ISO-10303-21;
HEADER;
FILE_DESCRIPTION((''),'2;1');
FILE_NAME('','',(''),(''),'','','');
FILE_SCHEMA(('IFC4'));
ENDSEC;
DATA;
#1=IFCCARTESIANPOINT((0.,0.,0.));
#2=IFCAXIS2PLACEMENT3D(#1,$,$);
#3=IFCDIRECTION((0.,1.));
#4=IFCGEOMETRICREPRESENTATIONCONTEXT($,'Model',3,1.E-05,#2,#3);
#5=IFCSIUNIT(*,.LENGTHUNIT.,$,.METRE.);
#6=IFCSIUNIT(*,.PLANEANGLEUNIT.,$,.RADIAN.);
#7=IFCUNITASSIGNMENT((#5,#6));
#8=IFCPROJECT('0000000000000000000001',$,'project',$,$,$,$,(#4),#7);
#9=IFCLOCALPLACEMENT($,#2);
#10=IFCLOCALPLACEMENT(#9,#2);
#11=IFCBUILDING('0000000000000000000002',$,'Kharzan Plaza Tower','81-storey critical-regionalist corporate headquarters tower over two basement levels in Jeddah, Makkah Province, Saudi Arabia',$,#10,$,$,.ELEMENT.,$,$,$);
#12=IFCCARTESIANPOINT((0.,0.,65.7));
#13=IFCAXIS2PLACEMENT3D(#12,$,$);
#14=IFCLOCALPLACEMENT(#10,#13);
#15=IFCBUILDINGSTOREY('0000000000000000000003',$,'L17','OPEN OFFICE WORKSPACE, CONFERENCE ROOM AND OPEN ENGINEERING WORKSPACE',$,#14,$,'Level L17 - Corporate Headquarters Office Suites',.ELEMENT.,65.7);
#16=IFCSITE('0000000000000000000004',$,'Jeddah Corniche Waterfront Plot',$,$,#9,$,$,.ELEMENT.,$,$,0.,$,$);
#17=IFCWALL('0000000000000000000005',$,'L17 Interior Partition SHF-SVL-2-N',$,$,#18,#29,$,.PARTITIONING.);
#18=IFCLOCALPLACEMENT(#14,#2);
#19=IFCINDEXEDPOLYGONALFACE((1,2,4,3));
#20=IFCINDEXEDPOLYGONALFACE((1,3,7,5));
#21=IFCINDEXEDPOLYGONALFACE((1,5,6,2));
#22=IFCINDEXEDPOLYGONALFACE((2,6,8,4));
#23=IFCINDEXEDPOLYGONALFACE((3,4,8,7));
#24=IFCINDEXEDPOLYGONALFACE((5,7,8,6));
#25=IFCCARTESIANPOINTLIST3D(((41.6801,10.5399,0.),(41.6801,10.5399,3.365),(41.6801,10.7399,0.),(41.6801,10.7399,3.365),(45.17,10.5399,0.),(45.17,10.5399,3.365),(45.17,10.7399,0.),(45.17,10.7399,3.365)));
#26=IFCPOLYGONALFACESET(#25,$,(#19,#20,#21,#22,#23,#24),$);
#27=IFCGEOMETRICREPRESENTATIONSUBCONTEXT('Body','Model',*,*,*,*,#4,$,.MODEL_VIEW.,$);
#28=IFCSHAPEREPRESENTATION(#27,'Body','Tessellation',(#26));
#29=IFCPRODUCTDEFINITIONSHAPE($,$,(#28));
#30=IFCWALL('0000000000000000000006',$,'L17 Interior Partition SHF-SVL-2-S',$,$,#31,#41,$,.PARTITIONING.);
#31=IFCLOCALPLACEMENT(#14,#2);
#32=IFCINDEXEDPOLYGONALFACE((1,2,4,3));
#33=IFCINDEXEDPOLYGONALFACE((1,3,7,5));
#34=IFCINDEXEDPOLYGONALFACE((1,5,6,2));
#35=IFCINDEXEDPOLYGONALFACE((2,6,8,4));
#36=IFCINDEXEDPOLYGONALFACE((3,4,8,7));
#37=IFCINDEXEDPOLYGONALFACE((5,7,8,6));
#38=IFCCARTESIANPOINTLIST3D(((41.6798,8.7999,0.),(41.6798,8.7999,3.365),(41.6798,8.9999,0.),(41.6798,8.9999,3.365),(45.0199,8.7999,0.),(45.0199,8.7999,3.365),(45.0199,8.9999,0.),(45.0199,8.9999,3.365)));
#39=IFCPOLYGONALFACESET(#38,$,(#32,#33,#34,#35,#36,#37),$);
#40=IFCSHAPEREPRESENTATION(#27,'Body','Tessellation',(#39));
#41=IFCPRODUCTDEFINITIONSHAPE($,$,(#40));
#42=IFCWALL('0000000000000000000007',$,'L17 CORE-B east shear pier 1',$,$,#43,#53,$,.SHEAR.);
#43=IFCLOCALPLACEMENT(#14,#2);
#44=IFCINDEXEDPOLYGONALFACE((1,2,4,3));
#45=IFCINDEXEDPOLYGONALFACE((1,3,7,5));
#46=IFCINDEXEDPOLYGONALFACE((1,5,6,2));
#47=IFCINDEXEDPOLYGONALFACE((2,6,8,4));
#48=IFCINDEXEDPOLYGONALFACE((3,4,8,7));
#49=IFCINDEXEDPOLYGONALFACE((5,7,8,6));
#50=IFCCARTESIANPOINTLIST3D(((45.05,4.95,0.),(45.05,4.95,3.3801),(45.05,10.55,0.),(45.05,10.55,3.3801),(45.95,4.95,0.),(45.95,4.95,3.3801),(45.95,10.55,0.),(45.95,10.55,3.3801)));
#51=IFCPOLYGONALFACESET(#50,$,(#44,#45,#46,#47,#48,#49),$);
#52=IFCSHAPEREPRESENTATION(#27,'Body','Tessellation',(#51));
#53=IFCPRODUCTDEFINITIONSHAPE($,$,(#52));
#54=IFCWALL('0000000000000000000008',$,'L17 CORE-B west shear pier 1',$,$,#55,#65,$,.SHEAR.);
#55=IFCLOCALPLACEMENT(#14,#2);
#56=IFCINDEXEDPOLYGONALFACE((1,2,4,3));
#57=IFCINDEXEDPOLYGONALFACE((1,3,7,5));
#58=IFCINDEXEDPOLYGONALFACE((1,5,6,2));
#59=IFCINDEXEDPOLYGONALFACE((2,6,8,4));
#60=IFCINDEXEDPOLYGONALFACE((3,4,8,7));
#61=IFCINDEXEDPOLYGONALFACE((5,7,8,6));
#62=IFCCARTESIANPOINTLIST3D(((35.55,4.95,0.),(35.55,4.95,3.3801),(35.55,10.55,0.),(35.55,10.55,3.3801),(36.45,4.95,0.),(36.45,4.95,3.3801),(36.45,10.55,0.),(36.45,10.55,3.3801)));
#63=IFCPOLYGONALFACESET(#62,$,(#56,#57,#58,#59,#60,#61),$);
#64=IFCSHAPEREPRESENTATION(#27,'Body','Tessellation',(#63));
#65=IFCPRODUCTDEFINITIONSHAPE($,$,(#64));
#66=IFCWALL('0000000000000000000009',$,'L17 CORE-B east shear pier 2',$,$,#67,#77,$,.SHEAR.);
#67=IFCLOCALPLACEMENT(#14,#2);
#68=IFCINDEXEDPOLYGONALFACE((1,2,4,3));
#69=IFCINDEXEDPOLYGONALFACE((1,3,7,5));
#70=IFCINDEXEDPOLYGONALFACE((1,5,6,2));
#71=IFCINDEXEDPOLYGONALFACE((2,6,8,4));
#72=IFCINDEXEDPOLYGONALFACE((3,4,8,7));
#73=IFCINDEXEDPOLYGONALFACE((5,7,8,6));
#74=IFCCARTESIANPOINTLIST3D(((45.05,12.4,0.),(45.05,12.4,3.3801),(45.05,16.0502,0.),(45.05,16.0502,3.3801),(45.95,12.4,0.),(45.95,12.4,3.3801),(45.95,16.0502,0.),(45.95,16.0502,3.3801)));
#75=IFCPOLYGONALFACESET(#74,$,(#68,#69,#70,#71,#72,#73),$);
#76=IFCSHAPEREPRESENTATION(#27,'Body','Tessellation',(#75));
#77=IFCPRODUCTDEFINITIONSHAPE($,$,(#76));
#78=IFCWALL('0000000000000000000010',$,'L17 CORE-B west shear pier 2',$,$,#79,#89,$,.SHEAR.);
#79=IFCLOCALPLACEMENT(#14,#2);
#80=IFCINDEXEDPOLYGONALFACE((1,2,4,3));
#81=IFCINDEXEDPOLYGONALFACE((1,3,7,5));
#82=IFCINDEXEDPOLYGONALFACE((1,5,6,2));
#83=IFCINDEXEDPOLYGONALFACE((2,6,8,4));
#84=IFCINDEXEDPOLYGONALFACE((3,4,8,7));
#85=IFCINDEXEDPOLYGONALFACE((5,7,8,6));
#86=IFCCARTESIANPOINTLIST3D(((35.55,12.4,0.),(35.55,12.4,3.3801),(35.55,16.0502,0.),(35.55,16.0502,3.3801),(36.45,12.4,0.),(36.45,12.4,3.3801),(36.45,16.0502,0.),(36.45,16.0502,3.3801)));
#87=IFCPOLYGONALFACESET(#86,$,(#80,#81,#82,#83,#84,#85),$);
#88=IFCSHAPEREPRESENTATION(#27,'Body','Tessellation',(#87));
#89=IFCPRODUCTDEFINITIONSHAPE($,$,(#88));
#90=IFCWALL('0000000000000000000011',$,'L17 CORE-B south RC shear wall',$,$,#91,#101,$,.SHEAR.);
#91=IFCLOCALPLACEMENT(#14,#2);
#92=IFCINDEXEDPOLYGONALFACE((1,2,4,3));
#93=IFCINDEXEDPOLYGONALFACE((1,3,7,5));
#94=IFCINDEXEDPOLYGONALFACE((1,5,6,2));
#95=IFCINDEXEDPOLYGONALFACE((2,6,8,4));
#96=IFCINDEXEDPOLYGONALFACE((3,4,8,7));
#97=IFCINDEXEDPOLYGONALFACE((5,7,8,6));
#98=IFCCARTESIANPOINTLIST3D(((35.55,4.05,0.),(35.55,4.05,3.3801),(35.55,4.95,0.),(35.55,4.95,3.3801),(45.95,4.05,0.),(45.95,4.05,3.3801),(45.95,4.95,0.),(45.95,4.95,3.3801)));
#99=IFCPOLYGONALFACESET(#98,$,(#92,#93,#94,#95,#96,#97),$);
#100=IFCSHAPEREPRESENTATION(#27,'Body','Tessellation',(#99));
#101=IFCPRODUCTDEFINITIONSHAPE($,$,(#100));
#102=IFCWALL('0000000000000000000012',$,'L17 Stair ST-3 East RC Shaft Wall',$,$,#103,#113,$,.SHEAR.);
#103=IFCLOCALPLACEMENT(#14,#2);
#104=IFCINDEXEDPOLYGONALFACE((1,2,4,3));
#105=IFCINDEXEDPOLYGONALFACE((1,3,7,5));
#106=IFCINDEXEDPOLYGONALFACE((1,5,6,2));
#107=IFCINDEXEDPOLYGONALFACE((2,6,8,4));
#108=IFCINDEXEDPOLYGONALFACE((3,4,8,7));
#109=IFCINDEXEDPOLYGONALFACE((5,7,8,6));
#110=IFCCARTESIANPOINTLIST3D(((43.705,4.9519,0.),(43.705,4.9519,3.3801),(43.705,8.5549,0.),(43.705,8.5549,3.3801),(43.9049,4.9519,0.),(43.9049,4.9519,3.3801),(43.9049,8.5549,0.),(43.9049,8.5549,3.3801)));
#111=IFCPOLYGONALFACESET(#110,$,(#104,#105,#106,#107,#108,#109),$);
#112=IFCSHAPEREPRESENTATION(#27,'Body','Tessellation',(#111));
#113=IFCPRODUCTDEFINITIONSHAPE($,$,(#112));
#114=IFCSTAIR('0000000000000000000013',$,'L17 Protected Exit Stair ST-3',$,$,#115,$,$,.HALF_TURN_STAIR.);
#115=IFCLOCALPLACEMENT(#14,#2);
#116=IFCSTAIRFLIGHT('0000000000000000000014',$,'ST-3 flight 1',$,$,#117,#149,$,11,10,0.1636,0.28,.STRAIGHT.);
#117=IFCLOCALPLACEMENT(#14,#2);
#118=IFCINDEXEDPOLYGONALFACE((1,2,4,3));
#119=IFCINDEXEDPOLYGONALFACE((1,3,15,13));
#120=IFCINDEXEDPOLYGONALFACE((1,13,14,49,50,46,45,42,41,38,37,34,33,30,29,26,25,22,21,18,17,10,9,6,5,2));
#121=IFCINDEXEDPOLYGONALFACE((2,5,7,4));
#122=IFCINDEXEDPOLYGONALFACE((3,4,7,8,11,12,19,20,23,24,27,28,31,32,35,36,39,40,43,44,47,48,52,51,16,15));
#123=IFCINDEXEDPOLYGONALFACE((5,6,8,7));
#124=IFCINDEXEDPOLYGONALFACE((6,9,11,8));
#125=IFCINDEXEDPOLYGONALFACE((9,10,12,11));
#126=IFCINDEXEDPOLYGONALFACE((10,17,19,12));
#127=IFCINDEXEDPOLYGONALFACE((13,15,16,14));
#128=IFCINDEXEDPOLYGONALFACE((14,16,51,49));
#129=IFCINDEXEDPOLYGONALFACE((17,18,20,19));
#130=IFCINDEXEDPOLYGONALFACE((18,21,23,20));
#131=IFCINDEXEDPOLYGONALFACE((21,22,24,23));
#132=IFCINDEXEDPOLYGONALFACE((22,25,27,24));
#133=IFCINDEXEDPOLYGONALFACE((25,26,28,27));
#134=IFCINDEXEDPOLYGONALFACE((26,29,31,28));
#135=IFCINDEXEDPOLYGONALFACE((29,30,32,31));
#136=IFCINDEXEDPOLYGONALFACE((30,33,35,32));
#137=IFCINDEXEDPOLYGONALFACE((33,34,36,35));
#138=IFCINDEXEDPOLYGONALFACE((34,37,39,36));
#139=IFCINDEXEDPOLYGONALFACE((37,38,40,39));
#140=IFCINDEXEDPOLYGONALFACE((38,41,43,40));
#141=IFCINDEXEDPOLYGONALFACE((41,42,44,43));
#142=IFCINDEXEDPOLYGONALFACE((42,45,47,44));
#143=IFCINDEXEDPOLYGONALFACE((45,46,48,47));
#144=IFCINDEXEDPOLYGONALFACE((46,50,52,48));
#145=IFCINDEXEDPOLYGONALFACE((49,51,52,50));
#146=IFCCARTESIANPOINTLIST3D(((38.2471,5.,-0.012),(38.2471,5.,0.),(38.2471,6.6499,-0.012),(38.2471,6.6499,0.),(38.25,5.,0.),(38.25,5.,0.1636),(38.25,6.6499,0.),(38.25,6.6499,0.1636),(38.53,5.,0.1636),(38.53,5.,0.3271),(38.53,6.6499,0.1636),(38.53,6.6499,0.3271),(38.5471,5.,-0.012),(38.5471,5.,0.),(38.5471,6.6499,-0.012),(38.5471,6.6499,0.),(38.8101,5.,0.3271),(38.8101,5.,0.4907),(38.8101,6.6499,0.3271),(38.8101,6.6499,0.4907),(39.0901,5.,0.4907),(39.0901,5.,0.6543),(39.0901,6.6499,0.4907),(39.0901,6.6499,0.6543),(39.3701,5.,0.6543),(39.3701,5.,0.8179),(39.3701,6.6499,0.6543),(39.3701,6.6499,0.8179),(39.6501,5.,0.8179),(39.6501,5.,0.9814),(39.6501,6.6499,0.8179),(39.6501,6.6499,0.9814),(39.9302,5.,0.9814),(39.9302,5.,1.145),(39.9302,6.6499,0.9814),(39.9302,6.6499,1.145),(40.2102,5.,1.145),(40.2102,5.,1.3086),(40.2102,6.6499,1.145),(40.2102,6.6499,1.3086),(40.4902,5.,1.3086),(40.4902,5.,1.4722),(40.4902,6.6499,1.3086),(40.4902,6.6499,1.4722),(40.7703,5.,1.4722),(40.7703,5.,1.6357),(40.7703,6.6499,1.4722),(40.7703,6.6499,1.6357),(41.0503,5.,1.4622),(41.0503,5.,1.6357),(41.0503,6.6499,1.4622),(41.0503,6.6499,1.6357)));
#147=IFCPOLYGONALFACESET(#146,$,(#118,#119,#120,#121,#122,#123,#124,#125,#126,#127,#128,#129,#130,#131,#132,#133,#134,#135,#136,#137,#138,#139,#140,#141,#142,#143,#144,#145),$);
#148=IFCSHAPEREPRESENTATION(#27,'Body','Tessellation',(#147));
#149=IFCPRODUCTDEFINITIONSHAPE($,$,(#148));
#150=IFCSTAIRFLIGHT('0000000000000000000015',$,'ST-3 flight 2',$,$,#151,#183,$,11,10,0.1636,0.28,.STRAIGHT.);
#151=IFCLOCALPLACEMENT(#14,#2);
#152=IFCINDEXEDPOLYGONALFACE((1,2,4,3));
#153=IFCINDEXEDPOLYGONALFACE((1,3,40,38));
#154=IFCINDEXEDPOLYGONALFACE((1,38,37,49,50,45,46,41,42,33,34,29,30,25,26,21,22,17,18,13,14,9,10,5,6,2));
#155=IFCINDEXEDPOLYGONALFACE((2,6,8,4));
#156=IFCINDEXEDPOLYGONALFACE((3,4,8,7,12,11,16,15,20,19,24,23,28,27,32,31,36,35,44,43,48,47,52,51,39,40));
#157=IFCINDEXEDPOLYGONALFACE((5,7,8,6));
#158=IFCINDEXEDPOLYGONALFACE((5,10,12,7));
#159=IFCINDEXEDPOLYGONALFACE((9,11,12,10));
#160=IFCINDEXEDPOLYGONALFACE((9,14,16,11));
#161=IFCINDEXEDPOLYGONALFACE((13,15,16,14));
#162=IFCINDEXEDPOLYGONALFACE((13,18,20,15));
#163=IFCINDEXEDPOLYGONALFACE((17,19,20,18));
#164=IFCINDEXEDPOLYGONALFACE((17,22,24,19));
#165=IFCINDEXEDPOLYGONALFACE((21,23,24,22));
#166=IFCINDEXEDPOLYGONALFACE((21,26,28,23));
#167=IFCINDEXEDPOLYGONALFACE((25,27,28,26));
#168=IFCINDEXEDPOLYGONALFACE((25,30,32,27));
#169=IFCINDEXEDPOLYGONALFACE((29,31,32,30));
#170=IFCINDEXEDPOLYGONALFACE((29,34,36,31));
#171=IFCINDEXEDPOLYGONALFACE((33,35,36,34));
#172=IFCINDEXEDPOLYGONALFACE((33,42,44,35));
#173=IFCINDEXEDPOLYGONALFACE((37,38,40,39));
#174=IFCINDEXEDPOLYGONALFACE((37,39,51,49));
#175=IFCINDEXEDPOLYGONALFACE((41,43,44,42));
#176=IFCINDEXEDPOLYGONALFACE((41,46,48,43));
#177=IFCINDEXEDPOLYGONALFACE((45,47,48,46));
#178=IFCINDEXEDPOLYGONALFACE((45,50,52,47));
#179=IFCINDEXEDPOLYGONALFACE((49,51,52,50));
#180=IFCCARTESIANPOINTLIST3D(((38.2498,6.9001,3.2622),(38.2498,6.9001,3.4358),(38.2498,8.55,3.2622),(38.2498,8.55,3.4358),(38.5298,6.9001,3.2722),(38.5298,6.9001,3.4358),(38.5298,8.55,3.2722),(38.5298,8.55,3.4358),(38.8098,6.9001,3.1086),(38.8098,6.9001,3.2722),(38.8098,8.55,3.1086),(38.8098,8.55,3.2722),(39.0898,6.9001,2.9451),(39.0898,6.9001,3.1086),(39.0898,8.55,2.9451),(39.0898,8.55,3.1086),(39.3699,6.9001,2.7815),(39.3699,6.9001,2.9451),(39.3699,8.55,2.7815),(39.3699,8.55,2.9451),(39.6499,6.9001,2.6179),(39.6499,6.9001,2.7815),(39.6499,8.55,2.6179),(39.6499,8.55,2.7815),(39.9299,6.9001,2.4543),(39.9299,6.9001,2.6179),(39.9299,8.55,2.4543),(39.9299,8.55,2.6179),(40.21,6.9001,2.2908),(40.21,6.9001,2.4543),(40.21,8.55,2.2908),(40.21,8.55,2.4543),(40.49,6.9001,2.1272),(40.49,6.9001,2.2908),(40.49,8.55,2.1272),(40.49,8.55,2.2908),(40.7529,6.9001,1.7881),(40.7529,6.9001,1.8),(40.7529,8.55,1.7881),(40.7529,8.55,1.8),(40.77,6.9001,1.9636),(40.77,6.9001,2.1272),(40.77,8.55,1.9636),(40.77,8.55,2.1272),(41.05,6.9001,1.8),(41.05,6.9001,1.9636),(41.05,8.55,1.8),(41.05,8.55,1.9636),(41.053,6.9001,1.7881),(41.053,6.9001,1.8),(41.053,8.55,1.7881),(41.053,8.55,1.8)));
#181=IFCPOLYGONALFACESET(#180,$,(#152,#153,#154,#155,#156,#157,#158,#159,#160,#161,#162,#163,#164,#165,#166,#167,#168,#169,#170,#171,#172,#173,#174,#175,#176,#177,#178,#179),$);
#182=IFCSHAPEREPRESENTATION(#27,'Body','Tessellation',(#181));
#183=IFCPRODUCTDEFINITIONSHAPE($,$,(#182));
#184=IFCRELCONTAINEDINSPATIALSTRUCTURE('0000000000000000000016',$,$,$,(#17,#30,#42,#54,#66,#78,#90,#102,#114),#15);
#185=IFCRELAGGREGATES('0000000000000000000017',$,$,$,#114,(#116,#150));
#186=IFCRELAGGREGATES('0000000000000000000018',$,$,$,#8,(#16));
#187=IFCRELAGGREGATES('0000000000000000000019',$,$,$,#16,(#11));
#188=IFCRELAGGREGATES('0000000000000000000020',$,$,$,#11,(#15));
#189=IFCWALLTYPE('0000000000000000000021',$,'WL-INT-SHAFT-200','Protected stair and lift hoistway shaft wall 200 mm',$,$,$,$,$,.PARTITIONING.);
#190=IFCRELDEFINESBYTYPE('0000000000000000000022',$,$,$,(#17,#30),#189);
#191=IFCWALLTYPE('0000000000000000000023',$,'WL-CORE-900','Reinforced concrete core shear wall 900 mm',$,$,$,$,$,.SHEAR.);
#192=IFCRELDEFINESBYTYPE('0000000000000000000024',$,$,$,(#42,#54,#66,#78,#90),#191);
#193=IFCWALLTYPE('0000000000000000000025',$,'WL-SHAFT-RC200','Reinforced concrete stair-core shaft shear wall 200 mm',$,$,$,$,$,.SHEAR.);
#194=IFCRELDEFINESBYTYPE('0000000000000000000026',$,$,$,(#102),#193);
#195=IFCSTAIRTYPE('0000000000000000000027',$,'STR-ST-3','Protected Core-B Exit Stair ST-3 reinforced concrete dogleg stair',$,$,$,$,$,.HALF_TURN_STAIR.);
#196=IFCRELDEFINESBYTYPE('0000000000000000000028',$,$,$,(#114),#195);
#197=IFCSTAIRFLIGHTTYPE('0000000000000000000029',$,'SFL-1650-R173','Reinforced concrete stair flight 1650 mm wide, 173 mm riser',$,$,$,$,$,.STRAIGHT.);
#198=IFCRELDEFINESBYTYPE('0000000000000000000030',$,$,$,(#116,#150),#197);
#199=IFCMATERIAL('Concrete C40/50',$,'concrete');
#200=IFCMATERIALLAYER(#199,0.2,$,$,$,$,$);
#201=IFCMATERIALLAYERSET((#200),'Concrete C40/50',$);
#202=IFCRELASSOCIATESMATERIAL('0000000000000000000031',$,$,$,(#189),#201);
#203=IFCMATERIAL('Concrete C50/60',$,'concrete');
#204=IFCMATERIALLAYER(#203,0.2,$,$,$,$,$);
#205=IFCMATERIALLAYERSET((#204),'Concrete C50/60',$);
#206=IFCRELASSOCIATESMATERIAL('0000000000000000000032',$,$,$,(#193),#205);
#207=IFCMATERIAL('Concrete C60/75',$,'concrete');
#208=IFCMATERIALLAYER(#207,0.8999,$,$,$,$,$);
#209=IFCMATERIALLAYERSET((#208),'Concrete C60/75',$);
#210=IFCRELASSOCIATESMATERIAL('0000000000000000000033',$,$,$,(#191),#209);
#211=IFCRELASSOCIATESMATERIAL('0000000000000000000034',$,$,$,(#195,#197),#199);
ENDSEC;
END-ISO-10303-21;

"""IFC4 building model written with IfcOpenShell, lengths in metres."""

from ifc_helpers import new_model, si_unit, direction, frame, frame_2d, origin, place, context, subcontext, project, spatial, polyline, rectangle, outline, extrude, source, transform, mapped, material, layer, layer_set, type_object, element, aggregate, save


model = new_model("IFC4")

# Units and contexts
model_context = context("Model", 3, precision=1e-05, world=origin(), true_north=direction((0.0, 1.0)))
body_context = subcontext(model_context, "Body", "Model", "MODEL_VIEW")
ifc_project = project(units=[si_unit("LENGTHUNIT", "METRE"), si_unit("PLANEANGLEUNIT", "RADIAN")], contexts=[model_context])

# Site, building, storey
site_placement = place(None, origin())
site = spatial("IfcSite", under=ifc_project, at=site_placement, Name="Jeddah Corniche Waterfront Plot", CompositionType="ELEMENT", RefElevation=0.0)
building_placement = place(site_placement, origin())
building = spatial("IfcBuilding", under=site, at=building_placement, Name="Kharzan Plaza Tower", Description="81-storey critical-regionalist corporate headquarters tower over two basement levels in Jeddah, Makkah Province, Saudi Arabia", CompositionType="ELEMENT")
storey_placement = place(building_placement, frame((0.0, 0.0, 65.7)))
storey = spatial("IfcBuildingStorey", under=building, at=storey_placement, Name="L17", Description="OPEN OFFICE WORKSPACE, CONFERENCE ROOM AND OPEN ENGINEERING WORKSPACE", LongName="Level L17 - Corporate Headquarters Office Suites", CompositionType="ELEMENT", Elevation=65.7)

# Shared definitions
ifc_material_1 = material(Name="Concrete C60/75", Category="concrete")

# Shared definitions
ifc_material_2 = material(Name="Concrete C40/50", Category="concrete")

# Shared definitions
ifc_layer_1 = layer(ifc_material_2, 0.2)
ifc_layer_set_1 = layer_set([ifc_layer_1], Name="Concrete C40/50")
wall_type_1 = type_object("IfcWallType", Name="WL-INT-SHAFT-200", Description="Protected stair and lift hoistway shaft wall 200 mm", PredefinedType="PARTITIONING", material=ifc_layer_set_1)
ifc_material_3 = material(Name="Concrete C50/60", Category="concrete")
ifc_layer_2 = layer(ifc_material_3, 0.2)
ifc_layer_set_2 = layer_set([ifc_layer_2], Name="Concrete C50/60")
wall_type_2 = type_object("IfcWallType", Name="WL-SHAFT-RC200", Description="Reinforced concrete stair-core shaft shear wall 200 mm", PredefinedType="SHEAR", material=ifc_layer_set_2)

# Walls
shared_shape_1 = source(origin(), body_context, "Body", "SweptSolid", [
    extrude(rectangle(XDim=3.49, YDim=0.2, at=frame_2d((1.7451, 0.0))), origin(), (0.0, 0.0, 1.0), 3.365),
])
wall_1_placement = place(storey_placement, frame((41.6799, 10.6399, 0.0), z_axis=(0.0, 0.0, 1.0), x_axis=(1.0, 0.0, 0.0)))
element("IfcWall", 1, at=wall_1_placement, inside=storey, type_object=wall_type_1, Name="L17 Interior Partition SHF-SVL-2-N", PredefinedType="PARTITIONING", context=body_context, shape_type="MappedRepresentation", body=[
    mapped(shared_shape_1, transform((0.0, 0.0, 0.0), x_axis=(1.0, 0.0, 0.0), y_axis=(0.0, 1.0, 0.0), z_axis=(0.0, 0.0, 1.0))),
])
shared_shape_2 = source(origin(), body_context, "Body", "SweptSolid", [
    extrude(rectangle(XDim=3.3401, YDim=0.2, at=frame_2d((1.6699, 0.0))), origin(), (0.0, 0.0, 1.0), 3.365),
])
wall_2_placement = place(storey_placement, frame((41.6799, 8.8999, 0.0), z_axis=(0.0, 0.0, 1.0), x_axis=(1.0, 0.0, 0.0)))
element("IfcWall", 2, at=wall_2_placement, inside=storey, type_object=wall_type_1, Name="L17 Interior Partition SHF-SVL-2-S", PredefinedType="PARTITIONING", context=body_context, shape_type="MappedRepresentation", body=[
    mapped(shared_shape_2, transform((0.0, 0.0, 0.0), x_axis=(1.0, 0.0, 0.0), y_axis=(0.0, 1.0, 0.0), z_axis=(0.0, 0.0, 1.0))),
])
ifc_layer_3 = layer(ifc_material_1, 0.8999)
ifc_layer_set_3 = layer_set([ifc_layer_3], Name="Concrete C60/75")
wall_type_3 = type_object("IfcWallType", Name="WL-CORE-900", Description="Reinforced concrete core shear wall 900 mm", PredefinedType="SHEAR", material=ifc_layer_set_3)
shared_shape_3 = source(origin(), body_context, "Body", "SweptSolid", [
    extrude(rectangle(XDim=5.6001, YDim=0.8999, at=frame_2d((2.8, 0.0))), origin(), (0.0, 0.0, 1.0), 3.3801),
])
for number, where, z_axis, x_axis, name in (
    (3, (45.5, 4.95, 0.0), (0.0, 0.0, 1.0), (0.0, 1.0, 0.0), "L17 CORE-B east shear pier 1"),
    (4, (36.0, 4.95, 0.0), (0.0, 0.0, 1.0), (0.0, 1.0, 0.0), "L17 CORE-B west shear pier 1"),
):
    element("IfcWall", number, at=place(storey_placement, frame(where, z_axis=z_axis, x_axis=x_axis)), inside=storey, type_object=wall_type_3, Name=name, PredefinedType="SHEAR", context=body_context, shape_type="MappedRepresentation", body=[
        mapped(shared_shape_3, transform((0.0, 0.0, 0.0), x_axis=(1.0, 0.0, 0.0), y_axis=(0.0, 1.0, 0.0), z_axis=(0.0, 0.0, 1.0))),
    ])
shared_shape_4 = source(origin(), body_context, "Body", "SweptSolid", [
    extrude(rectangle(XDim=3.6501, YDim=0.8999, at=frame_2d((1.8252, 0.0))), origin(), (0.0, 0.0, 1.0), 3.3801),
])
for number, where, z_axis, x_axis, name in (
    (5, (45.5, 12.3999, 0.0), (0.0, 0.0, 1.0), (0.0, 1.0, 0.0), "L17 CORE-B east shear pier 2"),
    (6, (36.0, 12.3999, 0.0), (0.0, 0.0, 1.0), (0.0, 1.0, 0.0), "L17 CORE-B west shear pier 2"),
):
    element("IfcWall", number, at=place(storey_placement, frame(where, z_axis=z_axis, x_axis=x_axis)), inside=storey, type_object=wall_type_3, Name=name, PredefinedType="SHEAR", context=body_context, shape_type="MappedRepresentation", body=[
        mapped(shared_shape_4, transform((0.0, 0.0, 0.0), x_axis=(1.0, 0.0, 0.0), y_axis=(0.0, 1.0, 0.0), z_axis=(0.0, 0.0, 1.0))),
    ])
shared_shape_5 = source(origin(), body_context, "Body", "SweptSolid", [
    extrude(rectangle(XDim=10.3999, YDim=0.8999, at=frame_2d((5.2, 0.0))), origin(), (0.0, 0.0, 1.0), 3.3801),
])
wall_3_placement = place(storey_placement, frame((35.55, 4.5, 0.0), z_axis=(0.0, 0.0, 1.0), x_axis=(1.0, 0.0, 0.0)))
element("IfcWall", 7, at=wall_3_placement, inside=storey, type_object=wall_type_3, Name="L17 CORE-B south RC shear wall", PredefinedType="SHEAR", context=body_context, shape_type="MappedRepresentation", body=[
    mapped(shared_shape_5, transform((0.0, 0.0, 0.0), x_axis=(1.0, 0.0, 0.0), y_axis=(0.0, 1.0, 0.0), z_axis=(0.0, 0.0, 1.0))),
])
shared_shape_6 = source(origin(), body_context, "Body", "SweptSolid", [
    extrude(rectangle(XDim=3.603, YDim=0.2, at=frame_2d((1.8015, 0.0))), origin(), (0.0, 0.0, 1.0), 3.3801),
])
wall_4_placement = place(storey_placement, frame((43.8049, 4.9519, 0.0), z_axis=(0.0, 0.0, 1.0), x_axis=(0.0, 1.0, 0.0)))
element("IfcWall", 8, at=wall_4_placement, inside=storey, type_object=wall_type_2, Name="L17 Stair ST-3 East RC Shaft Wall", PredefinedType="SHEAR", context=body_context, shape_type="MappedRepresentation", body=[
    mapped(shared_shape_6, transform((0.0, 0.0, 0.0), x_axis=(1.0, 0.0, 0.0), y_axis=(0.0, 1.0, 0.0), z_axis=(0.0, 0.0, 1.0))),
])

# Stair, stair flights
stair_type = type_object("IfcStairType", Name="STR-ST-3", Description="Protected Core-B Exit Stair ST-3 reinforced concrete dogleg stair", PredefinedType="HALF_TURN_STAIR", material=ifc_material_2)
stair_placement = place(storey_placement, origin())
stair = element("IfcStair", 9, at=stair_placement, inside=storey, type_object=stair_type, Name="L17 Protected Exit Stair ST-3", PredefinedType="HALF_TURN_STAIR")
stair_flight_type = type_object("IfcStairFlightType", Name="SFL-1650-R173", Description="Reinforced concrete stair flight 1650 mm wide, 173 mm riser", PredefinedType="STRAIGHT", material=ifc_material_2)
shared_shape_7 = source(origin(), body_context, "Body", "SweptSolid", [
    extrude(outline(polyline([(-0.0029, -0.012), (-0.0029, 0.0), (0.0, 0.0), (0.0, 0.1636), (0.28, 0.1636), (0.28, 0.3271), (0.5601, 0.3271), (0.5601, 0.4907), (0.8401, 0.4907), (0.8401, 0.6543), (1.1201, 0.6543), (1.1201, 0.8179), (1.4001, 0.8179), (1.4001, 0.9814), (1.6802, 0.9814), (1.6802, 1.145), (1.9602, 1.145), (1.9602, 1.3086), (2.2402, 1.3086), (2.2402, 1.4722), (2.5203, 1.4722), (2.5203, 1.6357), (2.8003, 1.6357), (2.8003, 1.7993), (2.8003, 1.4622), (0.2971, 0.0), (0.2971, -0.012), (-0.0029, -0.012)])), frame((0.0, 0.825, 0.0), z_axis=(0.0, -1.0, 0.0), x_axis=(1.0, 0.0, 0.0)), (0.0, 0.0, 1.0), 1.6499),
])
stair_flight_1_placement = place(storey_placement, frame((38.25, 5.825, 0.0), z_axis=(0.0, 0.0, 1.0), x_axis=(1.0, 0.0, 0.0)))
stair_flight_1 = element("IfcStairFlight", 10, at=stair_flight_1_placement, type_object=stair_flight_type, Name="ST-3 flight 1", NumberOfRisers=11, NumberOfTreads=10, PredefinedType="STRAIGHT", RiserHeight=0.1636, TreadLength=0.28, context=body_context, shape_type="MappedRepresentation", body=[
    mapped(shared_shape_7, transform((0.0, 0.0, 0.0), x_axis=(1.0, 0.0, 0.0), y_axis=(0.0, 1.0, 0.0), z_axis=(0.0, 0.0, 1.0))),
])
stair_flight_2_placement = place(storey_placement, frame((41.05, 7.7251, 1.8), z_axis=(0.0, 0.0, 1.0), x_axis=(-1.0, 0.0, 0.0)))
stair_flight_2 = element("IfcStairFlight", 11, at=stair_flight_2_placement, type_object=stair_flight_type, Name="ST-3 flight 2", NumberOfRisers=11, NumberOfTreads=10, PredefinedType="STRAIGHT", RiserHeight=0.1636, TreadLength=0.28, context=body_context, shape_type="MappedRepresentation", body=[
    mapped(shared_shape_7, transform((0.0, 0.0, 0.0), x_axis=(1.0, 0.0, 0.0), y_axis=(0.0, 1.0, 0.0), z_axis=(0.0, 0.0, 1.0))),
])
aggregate(stair, [stair_flight_1, stair_flight_2])

save(model, "model.ifc")
